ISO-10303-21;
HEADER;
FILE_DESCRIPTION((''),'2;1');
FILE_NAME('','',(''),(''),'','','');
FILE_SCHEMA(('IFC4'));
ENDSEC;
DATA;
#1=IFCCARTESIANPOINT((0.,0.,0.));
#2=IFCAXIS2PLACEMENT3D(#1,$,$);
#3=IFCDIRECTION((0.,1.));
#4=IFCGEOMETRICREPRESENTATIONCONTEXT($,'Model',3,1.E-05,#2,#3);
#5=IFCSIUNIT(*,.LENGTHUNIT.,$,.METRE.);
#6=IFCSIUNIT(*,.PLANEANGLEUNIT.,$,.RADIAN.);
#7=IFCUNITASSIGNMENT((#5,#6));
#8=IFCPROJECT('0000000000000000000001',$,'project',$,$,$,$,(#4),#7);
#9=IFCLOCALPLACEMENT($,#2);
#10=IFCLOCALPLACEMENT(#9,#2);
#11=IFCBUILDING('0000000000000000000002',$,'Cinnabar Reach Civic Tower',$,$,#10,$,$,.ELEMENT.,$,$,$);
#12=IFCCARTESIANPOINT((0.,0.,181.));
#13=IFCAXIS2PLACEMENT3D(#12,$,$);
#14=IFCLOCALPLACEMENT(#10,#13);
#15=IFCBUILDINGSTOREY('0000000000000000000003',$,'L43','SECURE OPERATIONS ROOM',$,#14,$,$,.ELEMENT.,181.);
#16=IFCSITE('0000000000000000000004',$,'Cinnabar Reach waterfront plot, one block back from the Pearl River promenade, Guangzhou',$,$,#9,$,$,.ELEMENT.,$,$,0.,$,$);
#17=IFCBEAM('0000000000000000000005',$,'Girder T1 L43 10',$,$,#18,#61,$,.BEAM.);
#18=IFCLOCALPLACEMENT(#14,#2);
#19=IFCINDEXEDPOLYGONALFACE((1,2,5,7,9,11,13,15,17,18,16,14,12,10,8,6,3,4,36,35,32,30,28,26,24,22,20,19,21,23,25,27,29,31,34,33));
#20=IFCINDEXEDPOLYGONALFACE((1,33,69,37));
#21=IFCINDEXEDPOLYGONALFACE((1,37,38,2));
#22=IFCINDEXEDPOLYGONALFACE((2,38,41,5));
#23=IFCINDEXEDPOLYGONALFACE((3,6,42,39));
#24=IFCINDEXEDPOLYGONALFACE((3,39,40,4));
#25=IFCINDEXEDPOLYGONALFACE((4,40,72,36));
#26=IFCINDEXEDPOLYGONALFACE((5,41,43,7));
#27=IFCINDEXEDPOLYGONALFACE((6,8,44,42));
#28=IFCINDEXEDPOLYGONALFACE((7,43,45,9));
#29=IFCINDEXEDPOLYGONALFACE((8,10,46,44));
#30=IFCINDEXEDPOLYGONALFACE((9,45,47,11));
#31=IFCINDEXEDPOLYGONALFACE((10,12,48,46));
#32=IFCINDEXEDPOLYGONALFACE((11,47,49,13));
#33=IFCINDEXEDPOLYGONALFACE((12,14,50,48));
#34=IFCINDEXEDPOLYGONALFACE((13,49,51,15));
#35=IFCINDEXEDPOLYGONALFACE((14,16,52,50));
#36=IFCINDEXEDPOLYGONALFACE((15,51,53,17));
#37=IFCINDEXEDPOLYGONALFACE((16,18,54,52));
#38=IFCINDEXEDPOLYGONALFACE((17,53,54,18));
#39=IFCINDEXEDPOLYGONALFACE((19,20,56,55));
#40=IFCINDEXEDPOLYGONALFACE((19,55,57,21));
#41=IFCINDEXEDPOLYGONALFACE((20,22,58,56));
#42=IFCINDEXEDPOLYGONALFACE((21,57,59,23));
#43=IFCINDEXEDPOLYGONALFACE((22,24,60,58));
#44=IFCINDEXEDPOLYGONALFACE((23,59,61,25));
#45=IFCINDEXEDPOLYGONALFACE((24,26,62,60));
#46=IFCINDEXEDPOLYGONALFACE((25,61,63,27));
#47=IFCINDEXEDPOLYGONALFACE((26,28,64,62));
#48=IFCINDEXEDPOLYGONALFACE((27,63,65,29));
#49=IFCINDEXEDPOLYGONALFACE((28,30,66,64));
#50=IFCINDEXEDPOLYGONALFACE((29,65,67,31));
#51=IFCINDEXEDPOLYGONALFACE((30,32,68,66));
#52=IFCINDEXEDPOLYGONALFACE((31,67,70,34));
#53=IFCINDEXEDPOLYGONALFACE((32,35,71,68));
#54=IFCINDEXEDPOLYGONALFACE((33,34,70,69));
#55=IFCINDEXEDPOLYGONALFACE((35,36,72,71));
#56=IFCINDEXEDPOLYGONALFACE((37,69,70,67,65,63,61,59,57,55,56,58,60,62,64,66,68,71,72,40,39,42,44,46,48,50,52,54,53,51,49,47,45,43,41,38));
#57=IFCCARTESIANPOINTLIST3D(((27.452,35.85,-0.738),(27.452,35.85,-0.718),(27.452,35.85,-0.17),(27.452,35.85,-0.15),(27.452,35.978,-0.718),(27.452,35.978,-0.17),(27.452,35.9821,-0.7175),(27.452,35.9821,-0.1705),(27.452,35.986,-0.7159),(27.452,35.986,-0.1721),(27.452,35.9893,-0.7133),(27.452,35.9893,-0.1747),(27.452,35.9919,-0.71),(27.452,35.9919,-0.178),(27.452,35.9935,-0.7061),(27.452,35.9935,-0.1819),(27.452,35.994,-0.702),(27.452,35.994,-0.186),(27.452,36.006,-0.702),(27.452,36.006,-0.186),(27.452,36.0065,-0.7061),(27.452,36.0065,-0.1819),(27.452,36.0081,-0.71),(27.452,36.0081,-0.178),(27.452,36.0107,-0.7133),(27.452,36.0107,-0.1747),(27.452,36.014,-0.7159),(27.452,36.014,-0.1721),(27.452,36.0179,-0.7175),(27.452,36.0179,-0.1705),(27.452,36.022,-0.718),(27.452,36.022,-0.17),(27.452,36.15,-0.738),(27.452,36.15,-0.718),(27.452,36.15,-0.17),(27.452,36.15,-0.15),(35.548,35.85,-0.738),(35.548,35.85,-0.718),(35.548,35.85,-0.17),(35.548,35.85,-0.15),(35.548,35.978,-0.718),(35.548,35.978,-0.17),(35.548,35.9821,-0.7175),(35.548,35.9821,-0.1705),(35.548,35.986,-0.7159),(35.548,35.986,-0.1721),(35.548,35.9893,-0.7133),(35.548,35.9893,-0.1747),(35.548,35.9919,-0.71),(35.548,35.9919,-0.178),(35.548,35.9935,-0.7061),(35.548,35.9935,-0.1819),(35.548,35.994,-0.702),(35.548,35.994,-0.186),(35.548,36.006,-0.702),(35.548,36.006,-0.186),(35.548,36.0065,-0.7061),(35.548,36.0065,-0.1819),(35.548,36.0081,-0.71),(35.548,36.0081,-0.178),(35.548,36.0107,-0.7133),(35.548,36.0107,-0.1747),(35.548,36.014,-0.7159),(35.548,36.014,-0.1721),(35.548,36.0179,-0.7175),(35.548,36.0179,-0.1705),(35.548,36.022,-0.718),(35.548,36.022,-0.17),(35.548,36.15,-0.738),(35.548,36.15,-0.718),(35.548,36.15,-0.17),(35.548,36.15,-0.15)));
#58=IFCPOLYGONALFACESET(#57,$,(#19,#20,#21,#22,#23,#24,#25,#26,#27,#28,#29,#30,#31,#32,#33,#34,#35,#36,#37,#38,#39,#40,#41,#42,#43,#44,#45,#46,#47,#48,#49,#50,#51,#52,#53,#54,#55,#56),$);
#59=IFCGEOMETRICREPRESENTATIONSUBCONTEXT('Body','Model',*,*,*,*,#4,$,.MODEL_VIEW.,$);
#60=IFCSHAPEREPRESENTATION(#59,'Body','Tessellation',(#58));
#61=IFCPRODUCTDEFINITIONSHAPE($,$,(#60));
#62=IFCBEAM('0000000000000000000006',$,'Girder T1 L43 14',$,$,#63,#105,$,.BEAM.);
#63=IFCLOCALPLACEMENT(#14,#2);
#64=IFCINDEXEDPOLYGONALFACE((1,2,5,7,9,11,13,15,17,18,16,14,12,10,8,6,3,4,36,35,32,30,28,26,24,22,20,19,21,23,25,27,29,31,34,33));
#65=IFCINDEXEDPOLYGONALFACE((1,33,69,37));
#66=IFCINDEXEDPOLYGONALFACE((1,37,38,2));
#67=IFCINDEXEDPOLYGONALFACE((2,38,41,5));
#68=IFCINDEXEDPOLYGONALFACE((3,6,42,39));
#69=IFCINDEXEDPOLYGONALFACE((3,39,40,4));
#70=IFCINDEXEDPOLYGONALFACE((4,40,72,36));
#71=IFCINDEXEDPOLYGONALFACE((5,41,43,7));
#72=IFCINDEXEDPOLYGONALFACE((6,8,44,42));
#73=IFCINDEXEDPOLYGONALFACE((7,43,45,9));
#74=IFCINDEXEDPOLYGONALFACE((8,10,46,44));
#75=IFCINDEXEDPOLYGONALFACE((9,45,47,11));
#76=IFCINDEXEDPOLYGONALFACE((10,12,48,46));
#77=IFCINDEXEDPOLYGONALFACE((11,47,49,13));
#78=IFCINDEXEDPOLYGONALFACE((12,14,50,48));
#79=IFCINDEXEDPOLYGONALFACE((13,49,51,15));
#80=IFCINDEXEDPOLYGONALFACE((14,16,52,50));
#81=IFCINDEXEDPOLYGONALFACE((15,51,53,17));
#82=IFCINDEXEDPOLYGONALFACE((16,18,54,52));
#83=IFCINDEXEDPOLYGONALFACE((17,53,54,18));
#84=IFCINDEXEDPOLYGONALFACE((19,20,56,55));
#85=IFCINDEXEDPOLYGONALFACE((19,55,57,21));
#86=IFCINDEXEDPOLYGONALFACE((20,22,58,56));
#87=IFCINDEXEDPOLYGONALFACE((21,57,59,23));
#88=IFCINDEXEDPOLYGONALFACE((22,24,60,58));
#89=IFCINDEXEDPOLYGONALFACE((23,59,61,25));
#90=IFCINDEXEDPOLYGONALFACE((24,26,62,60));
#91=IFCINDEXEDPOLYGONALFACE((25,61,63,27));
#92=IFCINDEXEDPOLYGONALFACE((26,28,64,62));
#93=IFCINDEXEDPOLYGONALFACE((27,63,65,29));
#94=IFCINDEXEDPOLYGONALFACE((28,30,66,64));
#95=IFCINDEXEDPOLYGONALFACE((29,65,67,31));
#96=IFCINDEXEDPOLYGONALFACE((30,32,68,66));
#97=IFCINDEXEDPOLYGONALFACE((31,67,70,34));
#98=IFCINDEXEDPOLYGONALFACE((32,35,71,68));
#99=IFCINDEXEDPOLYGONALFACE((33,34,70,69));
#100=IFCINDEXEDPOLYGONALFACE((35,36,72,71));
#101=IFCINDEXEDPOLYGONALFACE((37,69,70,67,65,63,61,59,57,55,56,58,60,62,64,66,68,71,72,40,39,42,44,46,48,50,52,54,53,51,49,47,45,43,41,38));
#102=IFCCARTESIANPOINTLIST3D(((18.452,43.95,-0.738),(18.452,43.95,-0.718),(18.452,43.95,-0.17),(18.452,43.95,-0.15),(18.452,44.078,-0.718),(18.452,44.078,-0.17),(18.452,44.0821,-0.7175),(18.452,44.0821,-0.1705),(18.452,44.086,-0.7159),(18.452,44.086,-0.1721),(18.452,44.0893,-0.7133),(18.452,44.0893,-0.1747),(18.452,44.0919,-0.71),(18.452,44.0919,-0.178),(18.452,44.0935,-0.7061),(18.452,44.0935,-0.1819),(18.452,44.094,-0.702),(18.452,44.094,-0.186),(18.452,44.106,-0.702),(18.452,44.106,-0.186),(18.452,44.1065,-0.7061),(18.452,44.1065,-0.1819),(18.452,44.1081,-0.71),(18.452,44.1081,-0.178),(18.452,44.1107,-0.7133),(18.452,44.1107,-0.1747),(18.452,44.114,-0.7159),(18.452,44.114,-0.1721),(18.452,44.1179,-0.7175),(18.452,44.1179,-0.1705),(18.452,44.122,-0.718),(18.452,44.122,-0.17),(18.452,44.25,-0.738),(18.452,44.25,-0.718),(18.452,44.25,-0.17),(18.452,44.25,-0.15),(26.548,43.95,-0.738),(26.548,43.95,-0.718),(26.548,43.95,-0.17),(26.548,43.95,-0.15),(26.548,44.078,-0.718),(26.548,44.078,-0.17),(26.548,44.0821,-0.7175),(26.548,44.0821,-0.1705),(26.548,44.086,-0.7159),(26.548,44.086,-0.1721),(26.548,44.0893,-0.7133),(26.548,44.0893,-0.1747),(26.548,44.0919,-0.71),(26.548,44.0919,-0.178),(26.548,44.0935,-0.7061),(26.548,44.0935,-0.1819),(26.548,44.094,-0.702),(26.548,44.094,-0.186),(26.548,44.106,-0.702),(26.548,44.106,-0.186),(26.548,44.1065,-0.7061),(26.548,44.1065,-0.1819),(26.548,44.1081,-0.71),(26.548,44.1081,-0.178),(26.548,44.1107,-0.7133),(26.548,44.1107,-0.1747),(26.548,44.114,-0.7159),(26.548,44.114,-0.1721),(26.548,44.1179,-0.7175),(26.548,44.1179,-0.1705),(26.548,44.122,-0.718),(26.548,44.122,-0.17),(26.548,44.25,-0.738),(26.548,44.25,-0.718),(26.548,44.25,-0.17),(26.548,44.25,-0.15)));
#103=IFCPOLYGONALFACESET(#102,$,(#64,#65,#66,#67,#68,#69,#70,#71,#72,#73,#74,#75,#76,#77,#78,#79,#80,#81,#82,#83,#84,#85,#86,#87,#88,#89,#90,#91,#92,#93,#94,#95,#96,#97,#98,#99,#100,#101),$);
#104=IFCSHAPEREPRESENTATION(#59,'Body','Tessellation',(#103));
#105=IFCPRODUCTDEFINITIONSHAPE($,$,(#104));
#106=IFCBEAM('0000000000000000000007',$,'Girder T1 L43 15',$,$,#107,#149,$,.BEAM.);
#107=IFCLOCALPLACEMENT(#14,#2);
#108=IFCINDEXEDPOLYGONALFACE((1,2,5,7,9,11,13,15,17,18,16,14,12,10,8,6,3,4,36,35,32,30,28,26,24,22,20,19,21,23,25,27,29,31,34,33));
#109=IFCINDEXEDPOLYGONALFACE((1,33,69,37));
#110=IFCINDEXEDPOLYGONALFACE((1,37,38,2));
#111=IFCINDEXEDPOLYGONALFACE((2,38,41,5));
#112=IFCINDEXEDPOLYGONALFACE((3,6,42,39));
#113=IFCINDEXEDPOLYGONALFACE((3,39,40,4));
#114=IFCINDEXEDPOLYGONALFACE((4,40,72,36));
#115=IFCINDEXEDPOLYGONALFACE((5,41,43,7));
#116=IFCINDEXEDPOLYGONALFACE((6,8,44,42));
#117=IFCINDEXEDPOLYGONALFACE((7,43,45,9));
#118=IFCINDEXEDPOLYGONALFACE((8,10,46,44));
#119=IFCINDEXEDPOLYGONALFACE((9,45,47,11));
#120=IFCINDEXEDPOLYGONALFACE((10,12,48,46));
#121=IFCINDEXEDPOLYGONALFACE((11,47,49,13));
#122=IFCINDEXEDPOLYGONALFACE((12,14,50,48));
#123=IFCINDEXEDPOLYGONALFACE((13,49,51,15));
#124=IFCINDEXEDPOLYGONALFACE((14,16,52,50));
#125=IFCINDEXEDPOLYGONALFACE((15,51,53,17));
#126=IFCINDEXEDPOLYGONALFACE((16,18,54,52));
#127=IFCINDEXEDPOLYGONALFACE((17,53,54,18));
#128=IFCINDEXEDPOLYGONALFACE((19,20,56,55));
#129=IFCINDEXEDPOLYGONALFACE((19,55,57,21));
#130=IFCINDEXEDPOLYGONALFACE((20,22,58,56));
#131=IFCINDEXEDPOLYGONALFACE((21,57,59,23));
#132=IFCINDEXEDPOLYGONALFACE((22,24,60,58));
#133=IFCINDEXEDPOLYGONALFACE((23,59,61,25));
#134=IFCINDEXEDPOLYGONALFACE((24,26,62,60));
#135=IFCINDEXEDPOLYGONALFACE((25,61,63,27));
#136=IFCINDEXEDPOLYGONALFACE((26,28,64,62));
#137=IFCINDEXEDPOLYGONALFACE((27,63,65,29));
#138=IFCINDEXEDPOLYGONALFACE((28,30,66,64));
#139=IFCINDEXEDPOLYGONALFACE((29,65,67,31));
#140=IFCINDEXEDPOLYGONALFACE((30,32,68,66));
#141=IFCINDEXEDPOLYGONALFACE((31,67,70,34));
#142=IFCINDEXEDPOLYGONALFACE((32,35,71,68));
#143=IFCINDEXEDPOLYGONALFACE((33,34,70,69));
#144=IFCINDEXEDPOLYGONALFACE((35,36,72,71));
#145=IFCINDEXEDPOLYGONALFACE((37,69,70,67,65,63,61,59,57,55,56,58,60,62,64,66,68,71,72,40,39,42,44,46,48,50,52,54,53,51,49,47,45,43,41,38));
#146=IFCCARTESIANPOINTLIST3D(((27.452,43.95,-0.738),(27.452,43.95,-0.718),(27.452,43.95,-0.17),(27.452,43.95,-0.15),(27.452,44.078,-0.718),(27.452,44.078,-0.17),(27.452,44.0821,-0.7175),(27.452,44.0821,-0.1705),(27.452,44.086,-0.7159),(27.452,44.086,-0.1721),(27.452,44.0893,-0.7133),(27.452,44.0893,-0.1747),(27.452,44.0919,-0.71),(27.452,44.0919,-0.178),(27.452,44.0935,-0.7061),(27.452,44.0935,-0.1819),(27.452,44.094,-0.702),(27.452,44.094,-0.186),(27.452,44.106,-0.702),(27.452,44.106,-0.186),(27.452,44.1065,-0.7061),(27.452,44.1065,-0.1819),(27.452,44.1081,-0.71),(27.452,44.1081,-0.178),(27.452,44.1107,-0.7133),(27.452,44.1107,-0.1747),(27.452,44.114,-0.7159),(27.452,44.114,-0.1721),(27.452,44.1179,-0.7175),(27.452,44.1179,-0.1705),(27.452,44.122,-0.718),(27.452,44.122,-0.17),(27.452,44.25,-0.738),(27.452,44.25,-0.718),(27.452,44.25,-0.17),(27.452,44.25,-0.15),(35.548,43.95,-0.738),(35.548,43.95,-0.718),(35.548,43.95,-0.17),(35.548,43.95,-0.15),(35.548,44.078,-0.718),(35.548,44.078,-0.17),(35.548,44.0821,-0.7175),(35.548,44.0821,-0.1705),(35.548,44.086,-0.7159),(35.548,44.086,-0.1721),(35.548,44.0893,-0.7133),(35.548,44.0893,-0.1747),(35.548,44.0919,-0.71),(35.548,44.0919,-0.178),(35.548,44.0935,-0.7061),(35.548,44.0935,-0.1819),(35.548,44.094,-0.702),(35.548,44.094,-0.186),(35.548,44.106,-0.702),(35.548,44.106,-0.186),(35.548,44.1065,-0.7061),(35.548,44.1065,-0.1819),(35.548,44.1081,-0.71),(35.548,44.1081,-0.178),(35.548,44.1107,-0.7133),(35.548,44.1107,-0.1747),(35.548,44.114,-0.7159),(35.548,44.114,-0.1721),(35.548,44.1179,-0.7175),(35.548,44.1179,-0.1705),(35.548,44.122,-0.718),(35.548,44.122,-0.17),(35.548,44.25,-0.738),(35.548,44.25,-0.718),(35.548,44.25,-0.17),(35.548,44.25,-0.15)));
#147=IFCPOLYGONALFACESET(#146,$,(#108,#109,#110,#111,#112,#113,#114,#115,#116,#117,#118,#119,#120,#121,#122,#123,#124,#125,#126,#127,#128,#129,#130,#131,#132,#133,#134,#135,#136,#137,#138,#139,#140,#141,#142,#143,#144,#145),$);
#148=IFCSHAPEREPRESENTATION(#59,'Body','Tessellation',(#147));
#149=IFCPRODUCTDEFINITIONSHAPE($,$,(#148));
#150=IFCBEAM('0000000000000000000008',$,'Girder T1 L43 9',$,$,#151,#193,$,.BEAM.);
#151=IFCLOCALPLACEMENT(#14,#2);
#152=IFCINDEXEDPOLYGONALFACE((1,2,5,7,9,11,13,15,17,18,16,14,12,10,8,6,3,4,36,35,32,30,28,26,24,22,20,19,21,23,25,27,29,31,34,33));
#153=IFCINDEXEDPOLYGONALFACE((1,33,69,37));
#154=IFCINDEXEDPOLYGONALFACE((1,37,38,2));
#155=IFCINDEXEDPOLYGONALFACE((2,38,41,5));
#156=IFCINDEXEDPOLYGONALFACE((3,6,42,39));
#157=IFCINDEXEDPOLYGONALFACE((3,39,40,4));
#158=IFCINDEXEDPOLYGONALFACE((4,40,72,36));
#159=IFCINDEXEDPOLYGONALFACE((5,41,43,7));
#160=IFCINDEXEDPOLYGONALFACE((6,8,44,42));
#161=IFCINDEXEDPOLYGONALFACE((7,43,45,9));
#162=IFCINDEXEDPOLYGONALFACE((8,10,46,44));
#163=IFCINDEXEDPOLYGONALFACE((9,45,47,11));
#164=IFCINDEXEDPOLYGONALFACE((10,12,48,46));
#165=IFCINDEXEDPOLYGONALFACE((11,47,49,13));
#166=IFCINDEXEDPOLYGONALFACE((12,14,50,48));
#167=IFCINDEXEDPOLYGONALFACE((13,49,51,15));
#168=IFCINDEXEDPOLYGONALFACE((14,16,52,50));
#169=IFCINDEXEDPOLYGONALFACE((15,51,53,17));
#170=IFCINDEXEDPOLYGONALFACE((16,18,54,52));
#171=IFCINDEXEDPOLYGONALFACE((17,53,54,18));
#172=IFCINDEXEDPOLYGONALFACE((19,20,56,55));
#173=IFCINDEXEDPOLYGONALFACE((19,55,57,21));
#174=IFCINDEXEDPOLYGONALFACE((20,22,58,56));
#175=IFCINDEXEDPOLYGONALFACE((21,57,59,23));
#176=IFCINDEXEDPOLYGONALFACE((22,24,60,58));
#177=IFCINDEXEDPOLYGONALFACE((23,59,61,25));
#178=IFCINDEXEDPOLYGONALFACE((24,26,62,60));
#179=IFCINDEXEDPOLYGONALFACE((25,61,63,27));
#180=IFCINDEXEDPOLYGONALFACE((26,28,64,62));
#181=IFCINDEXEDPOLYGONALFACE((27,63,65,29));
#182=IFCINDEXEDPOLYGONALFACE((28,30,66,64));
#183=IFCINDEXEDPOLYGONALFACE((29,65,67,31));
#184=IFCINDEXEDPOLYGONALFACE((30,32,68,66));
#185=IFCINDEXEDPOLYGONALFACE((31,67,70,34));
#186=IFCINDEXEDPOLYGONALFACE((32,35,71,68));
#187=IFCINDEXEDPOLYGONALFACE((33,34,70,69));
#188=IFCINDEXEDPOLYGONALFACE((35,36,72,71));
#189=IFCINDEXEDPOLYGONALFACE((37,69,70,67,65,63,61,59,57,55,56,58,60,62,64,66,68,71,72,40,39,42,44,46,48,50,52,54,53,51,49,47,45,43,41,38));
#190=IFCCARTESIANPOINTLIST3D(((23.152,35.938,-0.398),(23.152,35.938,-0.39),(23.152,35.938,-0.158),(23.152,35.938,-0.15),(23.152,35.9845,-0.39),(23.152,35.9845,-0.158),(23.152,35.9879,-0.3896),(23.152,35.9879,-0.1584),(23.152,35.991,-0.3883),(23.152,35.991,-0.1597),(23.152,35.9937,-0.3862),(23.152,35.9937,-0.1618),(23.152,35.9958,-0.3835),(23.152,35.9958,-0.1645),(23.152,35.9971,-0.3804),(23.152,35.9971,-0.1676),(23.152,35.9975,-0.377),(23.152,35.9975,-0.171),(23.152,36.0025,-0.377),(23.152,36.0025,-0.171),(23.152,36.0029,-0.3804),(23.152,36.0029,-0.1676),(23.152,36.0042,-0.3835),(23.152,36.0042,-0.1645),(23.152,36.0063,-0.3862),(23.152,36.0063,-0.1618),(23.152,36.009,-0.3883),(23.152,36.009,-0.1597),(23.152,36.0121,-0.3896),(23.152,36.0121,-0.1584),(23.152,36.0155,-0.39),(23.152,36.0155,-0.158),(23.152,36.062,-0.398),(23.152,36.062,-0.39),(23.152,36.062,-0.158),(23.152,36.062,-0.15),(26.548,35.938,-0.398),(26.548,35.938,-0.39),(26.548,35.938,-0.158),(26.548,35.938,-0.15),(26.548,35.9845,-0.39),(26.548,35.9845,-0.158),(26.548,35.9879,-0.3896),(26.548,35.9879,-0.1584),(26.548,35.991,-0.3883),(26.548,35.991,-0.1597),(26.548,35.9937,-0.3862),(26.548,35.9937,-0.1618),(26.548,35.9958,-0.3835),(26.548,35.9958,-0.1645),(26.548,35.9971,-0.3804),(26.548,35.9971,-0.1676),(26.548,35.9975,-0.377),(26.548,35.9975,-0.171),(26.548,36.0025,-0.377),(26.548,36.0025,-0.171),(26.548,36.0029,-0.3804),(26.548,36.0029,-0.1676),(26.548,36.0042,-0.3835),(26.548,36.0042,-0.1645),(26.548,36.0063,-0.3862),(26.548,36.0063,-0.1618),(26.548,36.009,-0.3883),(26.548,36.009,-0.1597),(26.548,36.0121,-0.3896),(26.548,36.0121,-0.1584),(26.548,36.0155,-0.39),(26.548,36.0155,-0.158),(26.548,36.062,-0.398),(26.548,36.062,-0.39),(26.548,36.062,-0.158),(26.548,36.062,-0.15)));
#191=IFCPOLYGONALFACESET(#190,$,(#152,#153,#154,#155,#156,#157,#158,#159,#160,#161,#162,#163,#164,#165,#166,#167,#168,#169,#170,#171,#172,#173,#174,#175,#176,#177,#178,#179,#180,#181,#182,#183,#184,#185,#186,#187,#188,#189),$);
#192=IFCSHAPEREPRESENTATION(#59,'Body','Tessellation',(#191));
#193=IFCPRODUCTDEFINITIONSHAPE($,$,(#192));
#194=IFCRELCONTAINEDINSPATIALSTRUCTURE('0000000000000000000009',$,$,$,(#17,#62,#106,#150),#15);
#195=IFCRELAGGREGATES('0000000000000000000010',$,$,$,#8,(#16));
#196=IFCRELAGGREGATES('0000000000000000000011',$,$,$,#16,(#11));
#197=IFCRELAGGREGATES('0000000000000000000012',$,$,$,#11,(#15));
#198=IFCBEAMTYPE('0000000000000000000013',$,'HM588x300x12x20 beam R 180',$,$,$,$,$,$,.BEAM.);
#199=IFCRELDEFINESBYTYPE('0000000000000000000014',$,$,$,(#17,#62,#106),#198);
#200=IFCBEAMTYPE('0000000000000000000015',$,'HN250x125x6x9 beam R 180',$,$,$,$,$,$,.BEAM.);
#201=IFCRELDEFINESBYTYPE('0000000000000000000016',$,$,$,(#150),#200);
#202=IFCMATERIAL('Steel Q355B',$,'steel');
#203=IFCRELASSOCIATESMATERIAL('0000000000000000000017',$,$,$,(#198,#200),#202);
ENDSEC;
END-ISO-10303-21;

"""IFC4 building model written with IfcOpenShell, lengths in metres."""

from ifc_helpers import new_model, si_unit, direction, frame, origin, origin_2d, place, context, subcontext, project, spatial, i_section, extrude, material, material_profile, profile_set, type_object, element, save


model = new_model("IFC4")

# Units and contexts
model_context = context("Model", 3, precision=1e-05, world=origin(), true_north=direction((0.0, 1.0)))
body_context = subcontext(model_context, "Body", "Model", "MODEL_VIEW")
ifc_project = project(units=[si_unit("LENGTHUNIT", "METRE"), si_unit("PLANEANGLEUNIT", "RADIAN")], contexts=[model_context])

# Site, building, storey
site_placement = place(None, origin())
site = spatial("IfcSite", under=ifc_project, at=site_placement, Name="Cinnabar Reach waterfront plot, one block back from the Pearl River promenade, Guangzhou", CompositionType="ELEMENT", RefElevation=0.0)
building_placement = place(site_placement, origin())
building = spatial("IfcBuilding", under=site, at=building_placement, Name="Cinnabar Reach Civic Tower", CompositionType="ELEMENT")
storey_placement = place(building_placement, frame((0.0, 0.0, 181.0)))
storey = spatial("IfcBuildingStorey", under=building, at=storey_placement, Name="L43", Description="SECURE OPERATIONS ROOM", CompositionType="ELEMENT", Elevation=181.0)

# Beams
ifc_material_1 = material(Name="Steel Q355B", Category="steel")
ifc_material_profile_1 = material_profile(ifc_material_1, i_section(OverallWidth=0.3, OverallDepth=0.588, WebThickness=0.012, FlangeThickness=0.02, FilletRadius=0.016, at=origin_2d()), Name="HM588x300x12x20")
ifc_profile_set_1 = profile_set([ifc_material_profile_1], Name="Steel Q355B")
beam_type_1 = type_object("IfcBeamType", Name="HM588x300x12x20 beam R 180", PredefinedType="BEAM", material=ifc_profile_set_1)
for number, where, z_axis, x_axis, name in (
    (1, (27.452, 36.0, -0.444), (1.0, 0.0, 0.0), (0.0, 1.0, 0.0), "Girder T1 L43 10"),
    (2, (18.452, 44.1, -0.444), (1.0, 0.0, 0.0), (0.0, 1.0, 0.0), "Girder T1 L43 14"),
    (3, (27.452, 44.1, -0.444), (1.0, 0.0, 0.0), (0.0, 1.0, 0.0), "Girder T1 L43 15"),
):
    element("IfcBeam", number, at=place(storey_placement, frame(where, z_axis=z_axis, x_axis=x_axis)), inside=storey, type_object=beam_type_1, Name=name, PredefinedType="BEAM", context=body_context, shape_type="SweptSolid", body=[
        extrude(i_section(OverallWidth=0.3, OverallDepth=0.588, WebThickness=0.012, FlangeThickness=0.02, FilletRadius=0.016, at=origin_2d()), origin(), (0.0, 0.0, 1.0), 8.096),
    ])
ifc_material_profile_2 = material_profile(ifc_material_1, i_section(OverallWidth=0.124, OverallDepth=0.248, WebThickness=0.005, FlangeThickness=0.008, FilletRadius=0.013, at=origin_2d()), Name="HN250x125x6x9")
ifc_profile_set_2 = profile_set([ifc_material_profile_2], Name="Steel Q355B")
beam_type_2 = type_object("IfcBeamType", Name="HN250x125x6x9 beam R 180", PredefinedType="BEAM", material=ifc_profile_set_2)
beam_1_placement = place(storey_placement, frame((23.152, 36.0, -0.274), z_axis=(1.0, 0.0, 0.0), x_axis=(0.0, 1.0, 0.0)))
element("IfcBeam", 4, at=beam_1_placement, inside=storey, type_object=beam_type_2, Name="Girder T1 L43 9", PredefinedType="BEAM", context=body_context, shape_type="SweptSolid", body=[
    extrude(i_section(OverallWidth=0.124, OverallDepth=0.248, WebThickness=0.005, FlangeThickness=0.008, FilletRadius=0.013, at=origin_2d()), origin(), (0.0, 0.0, 1.0), 3.396),
])

save(model, "model.ifc")
